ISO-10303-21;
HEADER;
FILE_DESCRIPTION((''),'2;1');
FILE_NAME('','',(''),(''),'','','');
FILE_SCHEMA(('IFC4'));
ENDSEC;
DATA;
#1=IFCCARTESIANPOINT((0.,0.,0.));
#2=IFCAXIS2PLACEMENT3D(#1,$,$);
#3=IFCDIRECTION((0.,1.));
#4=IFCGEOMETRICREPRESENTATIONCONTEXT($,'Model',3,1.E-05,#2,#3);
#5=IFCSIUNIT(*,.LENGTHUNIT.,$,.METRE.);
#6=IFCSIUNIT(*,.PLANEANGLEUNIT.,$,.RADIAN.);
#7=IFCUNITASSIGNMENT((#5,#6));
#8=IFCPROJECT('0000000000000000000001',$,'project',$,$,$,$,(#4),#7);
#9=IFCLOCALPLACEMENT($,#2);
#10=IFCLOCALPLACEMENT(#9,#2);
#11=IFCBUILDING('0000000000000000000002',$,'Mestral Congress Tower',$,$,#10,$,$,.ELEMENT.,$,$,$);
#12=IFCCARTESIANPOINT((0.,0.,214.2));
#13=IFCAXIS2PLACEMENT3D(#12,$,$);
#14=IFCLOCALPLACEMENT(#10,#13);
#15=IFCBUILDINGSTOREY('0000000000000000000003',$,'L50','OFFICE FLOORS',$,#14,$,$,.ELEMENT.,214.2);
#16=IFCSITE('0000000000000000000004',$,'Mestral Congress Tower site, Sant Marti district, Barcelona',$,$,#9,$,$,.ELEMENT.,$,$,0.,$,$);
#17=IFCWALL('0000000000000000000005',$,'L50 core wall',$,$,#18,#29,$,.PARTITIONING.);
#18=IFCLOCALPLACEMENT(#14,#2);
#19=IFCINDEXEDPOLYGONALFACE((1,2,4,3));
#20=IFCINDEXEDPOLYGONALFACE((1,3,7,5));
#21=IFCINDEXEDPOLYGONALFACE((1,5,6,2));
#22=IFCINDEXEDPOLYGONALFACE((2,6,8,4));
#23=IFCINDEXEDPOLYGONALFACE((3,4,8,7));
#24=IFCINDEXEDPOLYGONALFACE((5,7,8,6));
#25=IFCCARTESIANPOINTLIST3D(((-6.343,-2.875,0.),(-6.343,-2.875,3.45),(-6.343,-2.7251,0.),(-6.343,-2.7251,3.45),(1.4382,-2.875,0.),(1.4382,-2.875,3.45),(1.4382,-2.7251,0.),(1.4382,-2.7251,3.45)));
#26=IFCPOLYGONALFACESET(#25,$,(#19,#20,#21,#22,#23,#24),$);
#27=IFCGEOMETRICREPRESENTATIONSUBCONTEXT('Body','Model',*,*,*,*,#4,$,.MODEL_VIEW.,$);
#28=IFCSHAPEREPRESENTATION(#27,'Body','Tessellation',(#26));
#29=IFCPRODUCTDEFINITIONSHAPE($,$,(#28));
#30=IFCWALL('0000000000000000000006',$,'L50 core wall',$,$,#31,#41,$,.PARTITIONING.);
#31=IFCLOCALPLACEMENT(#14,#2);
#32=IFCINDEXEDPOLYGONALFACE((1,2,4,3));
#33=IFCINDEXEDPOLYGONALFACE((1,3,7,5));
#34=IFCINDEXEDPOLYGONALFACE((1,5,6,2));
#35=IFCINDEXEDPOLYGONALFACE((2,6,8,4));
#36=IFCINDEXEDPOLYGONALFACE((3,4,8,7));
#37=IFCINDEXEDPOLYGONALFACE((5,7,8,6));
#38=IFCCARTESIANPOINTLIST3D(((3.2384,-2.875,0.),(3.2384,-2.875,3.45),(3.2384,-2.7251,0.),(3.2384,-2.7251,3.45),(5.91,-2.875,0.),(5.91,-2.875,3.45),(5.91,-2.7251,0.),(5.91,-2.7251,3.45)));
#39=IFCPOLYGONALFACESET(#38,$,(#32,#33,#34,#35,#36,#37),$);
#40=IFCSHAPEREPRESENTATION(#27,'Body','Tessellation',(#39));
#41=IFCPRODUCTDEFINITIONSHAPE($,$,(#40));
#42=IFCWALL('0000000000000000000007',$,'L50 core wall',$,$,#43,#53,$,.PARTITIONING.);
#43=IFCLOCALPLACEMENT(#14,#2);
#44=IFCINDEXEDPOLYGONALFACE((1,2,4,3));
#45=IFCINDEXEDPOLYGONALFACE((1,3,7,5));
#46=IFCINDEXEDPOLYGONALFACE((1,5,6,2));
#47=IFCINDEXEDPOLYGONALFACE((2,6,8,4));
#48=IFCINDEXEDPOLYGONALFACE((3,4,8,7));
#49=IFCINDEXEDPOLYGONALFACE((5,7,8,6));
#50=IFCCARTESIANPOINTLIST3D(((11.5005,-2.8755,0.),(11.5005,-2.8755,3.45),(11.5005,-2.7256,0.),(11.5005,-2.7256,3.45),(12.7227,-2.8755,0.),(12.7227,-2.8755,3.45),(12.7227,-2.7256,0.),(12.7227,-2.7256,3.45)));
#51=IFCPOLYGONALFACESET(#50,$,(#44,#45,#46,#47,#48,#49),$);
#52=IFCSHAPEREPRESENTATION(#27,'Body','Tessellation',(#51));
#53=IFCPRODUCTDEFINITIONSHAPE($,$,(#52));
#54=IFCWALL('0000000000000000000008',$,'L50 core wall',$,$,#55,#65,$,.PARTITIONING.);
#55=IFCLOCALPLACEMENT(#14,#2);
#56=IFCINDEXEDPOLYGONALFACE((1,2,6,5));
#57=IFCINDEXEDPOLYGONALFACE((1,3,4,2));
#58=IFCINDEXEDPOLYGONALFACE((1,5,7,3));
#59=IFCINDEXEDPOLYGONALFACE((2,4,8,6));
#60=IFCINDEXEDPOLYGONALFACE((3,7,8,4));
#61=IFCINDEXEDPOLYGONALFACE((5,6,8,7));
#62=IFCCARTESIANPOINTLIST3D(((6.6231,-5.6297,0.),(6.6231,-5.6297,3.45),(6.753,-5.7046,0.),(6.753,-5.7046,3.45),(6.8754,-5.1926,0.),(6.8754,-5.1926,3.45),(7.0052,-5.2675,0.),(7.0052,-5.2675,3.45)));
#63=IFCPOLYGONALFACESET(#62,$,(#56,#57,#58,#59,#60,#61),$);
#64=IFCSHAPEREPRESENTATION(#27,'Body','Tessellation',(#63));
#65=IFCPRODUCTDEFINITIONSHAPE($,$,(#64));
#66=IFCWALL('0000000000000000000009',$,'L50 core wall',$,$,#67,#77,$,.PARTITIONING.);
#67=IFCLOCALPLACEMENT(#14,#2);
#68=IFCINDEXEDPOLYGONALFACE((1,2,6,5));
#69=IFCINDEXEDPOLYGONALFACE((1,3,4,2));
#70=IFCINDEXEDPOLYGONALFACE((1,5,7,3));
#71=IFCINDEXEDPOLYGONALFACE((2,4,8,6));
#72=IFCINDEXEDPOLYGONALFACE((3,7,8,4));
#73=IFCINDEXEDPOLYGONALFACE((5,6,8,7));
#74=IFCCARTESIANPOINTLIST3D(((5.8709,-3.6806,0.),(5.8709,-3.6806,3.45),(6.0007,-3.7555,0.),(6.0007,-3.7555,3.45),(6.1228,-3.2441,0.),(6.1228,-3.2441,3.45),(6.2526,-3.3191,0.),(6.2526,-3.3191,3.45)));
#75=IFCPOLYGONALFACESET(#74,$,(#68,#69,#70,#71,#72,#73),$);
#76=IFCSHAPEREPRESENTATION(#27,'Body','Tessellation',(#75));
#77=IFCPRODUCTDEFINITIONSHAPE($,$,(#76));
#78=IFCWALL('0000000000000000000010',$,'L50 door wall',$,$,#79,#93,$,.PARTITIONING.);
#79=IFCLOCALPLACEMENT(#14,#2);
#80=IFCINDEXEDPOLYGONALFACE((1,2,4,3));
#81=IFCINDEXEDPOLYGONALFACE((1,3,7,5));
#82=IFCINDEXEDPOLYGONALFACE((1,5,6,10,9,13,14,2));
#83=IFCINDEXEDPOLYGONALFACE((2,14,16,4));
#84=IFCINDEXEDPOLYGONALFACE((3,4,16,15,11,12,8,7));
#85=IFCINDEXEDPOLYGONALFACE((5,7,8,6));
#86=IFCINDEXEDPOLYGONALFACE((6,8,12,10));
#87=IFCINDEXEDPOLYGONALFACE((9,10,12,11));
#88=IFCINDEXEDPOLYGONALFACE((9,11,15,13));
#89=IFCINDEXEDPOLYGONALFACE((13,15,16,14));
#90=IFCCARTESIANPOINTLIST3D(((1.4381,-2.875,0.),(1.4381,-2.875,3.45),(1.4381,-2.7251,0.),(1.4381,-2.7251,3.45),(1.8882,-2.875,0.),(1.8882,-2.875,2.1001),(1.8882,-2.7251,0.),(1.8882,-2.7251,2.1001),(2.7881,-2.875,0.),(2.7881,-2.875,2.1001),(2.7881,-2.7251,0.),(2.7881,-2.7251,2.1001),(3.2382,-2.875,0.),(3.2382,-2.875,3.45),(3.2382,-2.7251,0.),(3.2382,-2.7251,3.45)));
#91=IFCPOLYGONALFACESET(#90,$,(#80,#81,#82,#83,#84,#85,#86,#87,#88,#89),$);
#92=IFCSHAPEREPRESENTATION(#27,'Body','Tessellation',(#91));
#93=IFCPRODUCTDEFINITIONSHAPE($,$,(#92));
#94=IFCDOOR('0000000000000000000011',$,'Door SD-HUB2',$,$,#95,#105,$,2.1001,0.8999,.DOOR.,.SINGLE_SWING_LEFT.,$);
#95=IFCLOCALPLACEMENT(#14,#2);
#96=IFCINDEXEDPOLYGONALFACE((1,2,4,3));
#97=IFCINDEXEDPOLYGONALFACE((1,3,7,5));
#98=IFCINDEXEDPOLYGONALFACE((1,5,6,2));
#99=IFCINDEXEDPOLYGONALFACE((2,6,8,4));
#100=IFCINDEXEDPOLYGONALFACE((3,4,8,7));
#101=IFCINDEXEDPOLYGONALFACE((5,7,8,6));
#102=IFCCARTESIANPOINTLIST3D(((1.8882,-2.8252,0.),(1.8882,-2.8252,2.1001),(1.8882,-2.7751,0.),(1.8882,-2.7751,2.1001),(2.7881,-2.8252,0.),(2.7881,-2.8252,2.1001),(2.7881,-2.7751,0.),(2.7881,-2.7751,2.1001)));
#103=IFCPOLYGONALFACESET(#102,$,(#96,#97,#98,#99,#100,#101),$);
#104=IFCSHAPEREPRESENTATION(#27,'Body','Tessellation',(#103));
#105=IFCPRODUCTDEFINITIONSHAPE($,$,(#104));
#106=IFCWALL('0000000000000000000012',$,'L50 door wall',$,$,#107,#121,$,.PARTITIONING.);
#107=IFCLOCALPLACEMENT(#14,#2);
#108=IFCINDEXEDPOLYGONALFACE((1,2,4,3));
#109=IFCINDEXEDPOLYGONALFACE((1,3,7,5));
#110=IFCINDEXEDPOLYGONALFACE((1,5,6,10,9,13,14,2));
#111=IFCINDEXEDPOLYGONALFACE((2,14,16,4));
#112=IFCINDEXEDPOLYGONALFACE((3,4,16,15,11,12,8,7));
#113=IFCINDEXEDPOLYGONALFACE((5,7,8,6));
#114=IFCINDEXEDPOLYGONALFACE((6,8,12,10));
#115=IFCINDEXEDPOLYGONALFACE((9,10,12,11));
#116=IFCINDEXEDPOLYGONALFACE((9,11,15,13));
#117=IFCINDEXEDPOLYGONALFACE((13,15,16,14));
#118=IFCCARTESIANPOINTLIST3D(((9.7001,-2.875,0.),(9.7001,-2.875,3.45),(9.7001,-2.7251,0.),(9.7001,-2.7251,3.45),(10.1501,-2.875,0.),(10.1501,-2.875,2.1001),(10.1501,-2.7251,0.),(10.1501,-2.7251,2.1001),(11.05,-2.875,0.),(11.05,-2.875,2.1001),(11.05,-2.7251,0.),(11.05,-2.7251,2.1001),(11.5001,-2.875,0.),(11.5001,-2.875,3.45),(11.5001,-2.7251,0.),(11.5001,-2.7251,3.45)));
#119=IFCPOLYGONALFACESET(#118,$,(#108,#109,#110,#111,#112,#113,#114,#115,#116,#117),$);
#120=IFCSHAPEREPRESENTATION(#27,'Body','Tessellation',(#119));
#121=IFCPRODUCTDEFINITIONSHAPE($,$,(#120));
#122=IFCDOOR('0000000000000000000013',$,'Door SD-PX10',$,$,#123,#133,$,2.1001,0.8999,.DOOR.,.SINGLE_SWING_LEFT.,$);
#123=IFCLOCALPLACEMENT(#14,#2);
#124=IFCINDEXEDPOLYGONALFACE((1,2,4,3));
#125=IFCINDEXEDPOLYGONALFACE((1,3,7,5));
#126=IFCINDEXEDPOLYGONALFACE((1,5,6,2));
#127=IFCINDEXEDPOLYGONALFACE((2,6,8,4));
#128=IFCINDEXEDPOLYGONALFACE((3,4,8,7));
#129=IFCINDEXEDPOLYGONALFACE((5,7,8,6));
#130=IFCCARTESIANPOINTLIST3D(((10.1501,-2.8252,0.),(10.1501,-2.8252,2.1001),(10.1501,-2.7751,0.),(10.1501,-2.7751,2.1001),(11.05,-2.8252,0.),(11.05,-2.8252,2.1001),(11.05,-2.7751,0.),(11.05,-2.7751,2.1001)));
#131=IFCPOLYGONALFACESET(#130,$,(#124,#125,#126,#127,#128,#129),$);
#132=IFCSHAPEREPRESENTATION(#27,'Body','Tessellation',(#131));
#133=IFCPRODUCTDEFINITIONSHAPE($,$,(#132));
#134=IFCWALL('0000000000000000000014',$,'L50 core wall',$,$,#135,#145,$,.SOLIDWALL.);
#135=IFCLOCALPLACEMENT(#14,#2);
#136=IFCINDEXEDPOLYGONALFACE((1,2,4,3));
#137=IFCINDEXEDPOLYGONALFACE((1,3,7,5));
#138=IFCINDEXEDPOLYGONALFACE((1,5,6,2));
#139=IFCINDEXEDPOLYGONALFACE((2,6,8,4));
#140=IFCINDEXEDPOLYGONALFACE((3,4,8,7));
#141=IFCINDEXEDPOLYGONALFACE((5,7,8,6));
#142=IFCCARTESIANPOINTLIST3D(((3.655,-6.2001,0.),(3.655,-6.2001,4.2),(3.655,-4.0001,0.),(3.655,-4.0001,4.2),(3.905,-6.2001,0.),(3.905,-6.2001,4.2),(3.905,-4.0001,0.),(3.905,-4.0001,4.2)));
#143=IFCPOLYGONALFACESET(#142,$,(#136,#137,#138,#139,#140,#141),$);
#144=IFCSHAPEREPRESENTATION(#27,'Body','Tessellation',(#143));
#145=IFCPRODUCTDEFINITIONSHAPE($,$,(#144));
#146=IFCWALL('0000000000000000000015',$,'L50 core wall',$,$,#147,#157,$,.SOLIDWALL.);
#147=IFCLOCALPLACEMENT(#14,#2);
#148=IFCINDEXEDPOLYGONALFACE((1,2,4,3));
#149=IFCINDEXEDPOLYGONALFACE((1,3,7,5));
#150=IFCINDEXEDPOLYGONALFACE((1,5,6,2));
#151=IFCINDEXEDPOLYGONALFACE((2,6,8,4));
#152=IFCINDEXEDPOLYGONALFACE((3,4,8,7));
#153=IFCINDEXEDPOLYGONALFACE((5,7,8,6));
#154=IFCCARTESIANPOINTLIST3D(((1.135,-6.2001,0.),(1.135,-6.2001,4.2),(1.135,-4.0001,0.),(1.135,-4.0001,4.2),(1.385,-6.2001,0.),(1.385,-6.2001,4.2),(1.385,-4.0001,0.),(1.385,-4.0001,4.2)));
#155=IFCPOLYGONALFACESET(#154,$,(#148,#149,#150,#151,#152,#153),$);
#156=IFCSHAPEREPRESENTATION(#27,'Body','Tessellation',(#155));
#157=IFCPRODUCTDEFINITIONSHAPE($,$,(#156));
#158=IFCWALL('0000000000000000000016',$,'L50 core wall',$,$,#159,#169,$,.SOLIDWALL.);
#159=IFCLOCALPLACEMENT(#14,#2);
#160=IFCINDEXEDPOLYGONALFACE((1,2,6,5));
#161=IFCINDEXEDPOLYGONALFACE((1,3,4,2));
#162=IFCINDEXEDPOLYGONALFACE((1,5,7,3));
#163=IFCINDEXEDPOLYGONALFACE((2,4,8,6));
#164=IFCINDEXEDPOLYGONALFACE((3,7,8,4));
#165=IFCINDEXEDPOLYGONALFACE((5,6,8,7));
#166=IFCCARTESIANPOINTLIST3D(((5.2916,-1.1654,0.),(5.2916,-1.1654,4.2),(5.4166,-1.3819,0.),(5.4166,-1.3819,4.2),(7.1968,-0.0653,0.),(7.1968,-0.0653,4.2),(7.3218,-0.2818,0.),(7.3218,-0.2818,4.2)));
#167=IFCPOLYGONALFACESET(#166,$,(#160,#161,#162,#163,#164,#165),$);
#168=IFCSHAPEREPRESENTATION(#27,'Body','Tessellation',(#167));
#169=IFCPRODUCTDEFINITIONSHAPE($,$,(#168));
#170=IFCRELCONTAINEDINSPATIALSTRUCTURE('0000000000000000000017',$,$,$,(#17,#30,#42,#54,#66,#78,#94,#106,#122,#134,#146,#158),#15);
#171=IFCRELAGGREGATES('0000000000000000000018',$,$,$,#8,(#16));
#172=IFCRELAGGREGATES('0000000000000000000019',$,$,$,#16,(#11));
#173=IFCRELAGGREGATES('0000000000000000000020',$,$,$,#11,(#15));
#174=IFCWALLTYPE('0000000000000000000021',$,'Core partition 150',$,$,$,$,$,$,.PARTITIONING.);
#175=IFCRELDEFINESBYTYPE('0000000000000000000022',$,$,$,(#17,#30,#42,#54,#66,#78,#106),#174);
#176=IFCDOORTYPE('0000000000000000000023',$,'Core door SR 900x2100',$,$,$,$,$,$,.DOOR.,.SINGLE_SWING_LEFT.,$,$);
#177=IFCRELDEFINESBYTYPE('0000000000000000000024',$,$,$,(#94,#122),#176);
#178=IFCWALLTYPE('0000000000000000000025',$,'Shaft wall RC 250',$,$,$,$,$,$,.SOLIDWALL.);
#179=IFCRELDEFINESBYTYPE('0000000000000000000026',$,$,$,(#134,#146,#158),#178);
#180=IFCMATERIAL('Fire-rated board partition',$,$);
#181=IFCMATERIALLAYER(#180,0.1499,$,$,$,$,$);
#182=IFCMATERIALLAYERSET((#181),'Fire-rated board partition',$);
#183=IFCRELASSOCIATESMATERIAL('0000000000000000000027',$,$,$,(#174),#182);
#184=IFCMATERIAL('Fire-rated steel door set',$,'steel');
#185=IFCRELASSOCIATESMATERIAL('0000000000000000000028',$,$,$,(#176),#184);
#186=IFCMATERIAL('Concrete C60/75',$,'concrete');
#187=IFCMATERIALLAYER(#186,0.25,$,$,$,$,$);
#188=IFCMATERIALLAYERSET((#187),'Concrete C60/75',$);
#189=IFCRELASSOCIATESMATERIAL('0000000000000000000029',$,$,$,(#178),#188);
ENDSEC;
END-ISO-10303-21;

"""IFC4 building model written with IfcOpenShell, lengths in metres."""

from ifc_helpers import new_model, si_unit, direction, frame, frame_2d, origin, place, context, subcontext, project, spatial, rectangle, extrude, material, layer, layer_set, type_object, element, fill, save


model = new_model("IFC4")

# Units and contexts
model_context = context("Model", 3, precision=1e-05, world=origin(), true_north=direction((0.0, 1.0)))
body_context = subcontext(model_context, "Body", "Model", "MODEL_VIEW")
ifc_project = project(units=[si_unit("LENGTHUNIT", "METRE"), si_unit("PLANEANGLEUNIT", "RADIAN")], contexts=[model_context])

# Site, building, storey
site_placement = place(None, origin())
site = spatial("IfcSite", under=ifc_project, at=site_placement, Name="Mestral Congress Tower site, Sant Marti district, Barcelona", CompositionType="ELEMENT", RefElevation=0.0)
building_placement = place(site_placement, origin())
building = spatial("IfcBuilding", under=site, at=building_placement, Name="Mestral Congress Tower", CompositionType="ELEMENT")
storey_placement = place(building_placement, frame((0.0, 0.0, 214.2)))
storey = spatial("IfcBuildingStorey", under=building, at=storey_placement, Name="L50", Description="OFFICE FLOORS", CompositionType="ELEMENT", Elevation=214.2)

# Walls
ifc_material_1 = material(Name="Fire-rated board partition")
ifc_layer_1 = layer(ifc_material_1, 0.1499)
ifc_layer_set_1 = layer_set([ifc_layer_1], Name="Fire-rated board partition")
wall_type_1 = type_object("IfcWallType", Name="Core partition 150", PredefinedType="PARTITIONING", material=ifc_layer_set_1)
wall_1_placement = place(storey_placement, frame((1.4382, -2.8, 0.0), z_axis=(0.0, 0.0, 1.0), x_axis=(-1.0, 0.0, 0.0)))
element("IfcWall", 1, at=wall_1_placement, inside=storey, type_object=wall_type_1, Name="L50 core wall", PredefinedType="PARTITIONING", context=body_context, shape_type="SweptSolid", body=[
    extrude(rectangle(XDim=7.7812, YDim=0.1499, at=frame_2d((3.8906, 0.0))), origin(), (0.0, 0.0, 1.0), 3.45),
])
wall_2_placement = place(storey_placement, frame((3.2383, -2.8, 0.0), z_axis=(0.0, 0.0, 1.0), x_axis=(1.0, 0.0, 0.0)))
element("IfcWall", 2, at=wall_2_placement, inside=storey, type_object=wall_type_1, Name="L50 core wall", PredefinedType="PARTITIONING", context=body_context, shape_type="SweptSolid", body=[
    extrude(rectangle(XDim=2.6716, YDim=0.1499, at=frame_2d((1.3359, 0.0))), origin(), (0.0, 0.0, 1.0), 3.45),
])
wall_3_placement = place(storey_placement, frame((11.5005, -2.8005, 0.0), z_axis=(0.0, 0.0, 1.0), x_axis=(1.0, 0.0, 0.0)))
element("IfcWall", 3, at=wall_3_placement, inside=storey, type_object=wall_type_1, Name="L50 core wall", PredefinedType="PARTITIONING", context=body_context, shape_type="SweptSolid", body=[
    extrude(rectangle(XDim=1.2222, YDim=0.1499, at=frame_2d((0.6111, 0.0))), origin(), (0.0, 0.0, 1.0), 3.45),
])
wall_4_placement = place(storey_placement, frame((6.688, -5.6672, 0.0), z_axis=(0.0, 0.0, 1.0), x_axis=(0.499834, 0.866121, 0.0)))
element("IfcWall", 4, at=wall_4_placement, inside=storey, type_object=wall_type_1, Name="L50 core wall", PredefinedType="PARTITIONING", context=body_context, shape_type="SweptSolid", body=[
    extrude(rectangle(XDim=0.5046, YDim=0.1499, at=frame_2d((0.2524, 0.0))), origin(), (0.0, 0.0, 1.0), 3.45),
])
wall_5_placement = place(storey_placement, frame((5.9358, -3.718, 0.0), z_axis=(0.0, 0.0, 1.0), x_axis=(0.49989, 0.866089, 0.0)))
element("IfcWall", 5, at=wall_5_placement, inside=storey, type_object=wall_type_1, Name="L50 core wall", PredefinedType="PARTITIONING", context=body_context, shape_type="SweptSolid", body=[
    extrude(rectangle(XDim=0.5039, YDim=0.1499, at=frame_2d((0.252, 0.0))), origin(), (0.0, 0.0, 1.0), 3.45),
])

# Walls, openings, doors
wall_6_placement = place(storey_placement, frame((1.4382, -2.8, 0.0), z_axis=(0.0, 0.0, 1.0), x_axis=(1.0, 0.0, 0.0)))
wall_6 = element("IfcWall", 6, at=wall_6_placement, inside=storey, type_object=wall_type_1, Name="L50 door wall", PredefinedType="PARTITIONING", context=body_context, shape_type="SweptSolid", body=[
    extrude(rectangle(XDim=1.8, YDim=0.1499, at=frame_2d((0.8999, 0.0))), origin(), (0.0, 0.0, 1.0), 3.45),
])
opening_1_placement = place(wall_6_placement, frame((0.45, 0.0, 0.0)))
opening_1 = element("IfcOpeningElement", 7, at=opening_1_placement, cuts=wall_6, PredefinedType="OPENING", context=body_context, shape_type="SweptSolid", body=[
    extrude(rectangle(XDim=0.8999, YDim=2.1001, at=frame_2d((0.45, 1.05))), frame((0.0, 0.085, 0.0), z_axis=(0.0, -1.0, 0.0), x_axis=(1.0, 0.0, 0.0)), (0.0, 0.0, 1.0), 0.1699),
])
ifc_material_2 = material(Name="Fire-rated steel door set", Category="steel")
door_type_1 = type_object("IfcDoorType", Name="Core door SR 900x2100", OperationType="SINGLE_SWING_LEFT", PredefinedType="DOOR", material=ifc_material_2)
door_1_placement = place(opening_1_placement, origin())
door_1 = element("IfcDoor", 8, at=door_1_placement, inside=storey, type_object=door_type_1, Name="Door SD-HUB2", OperationType="SINGLE_SWING_LEFT", OverallHeight=2.1001, OverallWidth=0.8999, PredefinedType="DOOR", context=body_context, shape_type="SweptSolid", body=[
    extrude(rectangle(XDim=0.8999, YDim=2.1001, at=frame_2d((0.45, 1.05))), frame((0.0, 0.0249, 0.0), z_axis=(0.0, -1.0, 0.0), x_axis=(1.0, 0.0, 0.0)), (0.0, 0.0, 1.0), 0.05),
])
fill(opening_1, door_1)
wall_7_placement = place(storey_placement, frame((9.7002, -2.8, 0.0), z_axis=(0.0, 0.0, 1.0), x_axis=(1.0, 0.0, 0.0)))
wall_7 = element("IfcWall", 9, at=wall_7_placement, inside=storey, type_object=wall_type_1, Name="L50 door wall", PredefinedType="PARTITIONING", context=body_context, shape_type="SweptSolid", body=[
    extrude(rectangle(XDim=1.8, YDim=0.1499, at=frame_2d((0.8999, 0.0))), origin(), (0.0, 0.0, 1.0), 3.45),
])
opening_2_placement = place(wall_7_placement, frame((0.45, 0.0, 0.0)))
opening_2 = element("IfcOpeningElement", 10, at=opening_2_placement, cuts=wall_7, PredefinedType="OPENING", context=body_context, shape_type="SweptSolid", body=[
    extrude(rectangle(XDim=0.8999, YDim=2.1001, at=frame_2d((0.45, 1.05))), frame((0.0, 0.085, 0.0), z_axis=(0.0, -1.0, 0.0), x_axis=(1.0, 0.0, 0.0)), (0.0, 0.0, 1.0), 0.1699),
])
door_2_placement = place(opening_2_placement, origin())
door_2 = element("IfcDoor", 11, at=door_2_placement, inside=storey, type_object=door_type_1, Name="Door SD-PX10", OperationType="SINGLE_SWING_LEFT", OverallHeight=2.1001, OverallWidth=0.8999, PredefinedType="DOOR", context=body_context, shape_type="SweptSolid", body=[
    extrude(rectangle(XDim=0.8999, YDim=2.1001, at=frame_2d((0.45, 1.05))), frame((0.0, 0.0249, 0.0), z_axis=(0.0, -1.0, 0.0), x_axis=(1.0, 0.0, 0.0)), (0.0, 0.0, 1.0), 0.05),
])
fill(opening_2, door_2)

# Walls
ifc_material_3 = material(Name="Concrete C60/75", Category="concrete")
ifc_layer_2 = layer(ifc_material_3, 0.25)
ifc_layer_set_2 = layer_set([ifc_layer_2], Name="Concrete C60/75")
wall_type_2 = type_object("IfcWallType", Name="Shaft wall RC 250", PredefinedType="SOLIDWALL", material=ifc_layer_set_2)
for number, where, z_axis, x_axis, name in (
    (12, (3.78, -4.0, 0.0), (0.0, 0.0, 1.0), (0.0, -1.0, 0.0), "L50 core wall"),
    (13, (1.26, -4.0, 0.0), (0.0, 0.0, 1.0), (0.0, -1.0, 0.0), "L50 core wall"),
    (14, (5.354, -1.2737, 0.0), (0.0, 0.0, 1.0), (0.866008, 0.50003, 0.0), "L50 core wall"),
):
    element("IfcWall", number, at=place(storey_placement, frame(where, z_axis=z_axis, x_axis=x_axis)), inside=storey, type_object=wall_type_2, Name=name, PredefinedType="SOLIDWALL", context=body_context, shape_type="SweptSolid", body=[
        extrude(rectangle(XDim=2.2, YDim=0.25, at=frame_2d((1.1001, 0.0))), origin(), (0.0, 0.0, 1.0), 4.2),
    ])

save(model, "model.ifc")
